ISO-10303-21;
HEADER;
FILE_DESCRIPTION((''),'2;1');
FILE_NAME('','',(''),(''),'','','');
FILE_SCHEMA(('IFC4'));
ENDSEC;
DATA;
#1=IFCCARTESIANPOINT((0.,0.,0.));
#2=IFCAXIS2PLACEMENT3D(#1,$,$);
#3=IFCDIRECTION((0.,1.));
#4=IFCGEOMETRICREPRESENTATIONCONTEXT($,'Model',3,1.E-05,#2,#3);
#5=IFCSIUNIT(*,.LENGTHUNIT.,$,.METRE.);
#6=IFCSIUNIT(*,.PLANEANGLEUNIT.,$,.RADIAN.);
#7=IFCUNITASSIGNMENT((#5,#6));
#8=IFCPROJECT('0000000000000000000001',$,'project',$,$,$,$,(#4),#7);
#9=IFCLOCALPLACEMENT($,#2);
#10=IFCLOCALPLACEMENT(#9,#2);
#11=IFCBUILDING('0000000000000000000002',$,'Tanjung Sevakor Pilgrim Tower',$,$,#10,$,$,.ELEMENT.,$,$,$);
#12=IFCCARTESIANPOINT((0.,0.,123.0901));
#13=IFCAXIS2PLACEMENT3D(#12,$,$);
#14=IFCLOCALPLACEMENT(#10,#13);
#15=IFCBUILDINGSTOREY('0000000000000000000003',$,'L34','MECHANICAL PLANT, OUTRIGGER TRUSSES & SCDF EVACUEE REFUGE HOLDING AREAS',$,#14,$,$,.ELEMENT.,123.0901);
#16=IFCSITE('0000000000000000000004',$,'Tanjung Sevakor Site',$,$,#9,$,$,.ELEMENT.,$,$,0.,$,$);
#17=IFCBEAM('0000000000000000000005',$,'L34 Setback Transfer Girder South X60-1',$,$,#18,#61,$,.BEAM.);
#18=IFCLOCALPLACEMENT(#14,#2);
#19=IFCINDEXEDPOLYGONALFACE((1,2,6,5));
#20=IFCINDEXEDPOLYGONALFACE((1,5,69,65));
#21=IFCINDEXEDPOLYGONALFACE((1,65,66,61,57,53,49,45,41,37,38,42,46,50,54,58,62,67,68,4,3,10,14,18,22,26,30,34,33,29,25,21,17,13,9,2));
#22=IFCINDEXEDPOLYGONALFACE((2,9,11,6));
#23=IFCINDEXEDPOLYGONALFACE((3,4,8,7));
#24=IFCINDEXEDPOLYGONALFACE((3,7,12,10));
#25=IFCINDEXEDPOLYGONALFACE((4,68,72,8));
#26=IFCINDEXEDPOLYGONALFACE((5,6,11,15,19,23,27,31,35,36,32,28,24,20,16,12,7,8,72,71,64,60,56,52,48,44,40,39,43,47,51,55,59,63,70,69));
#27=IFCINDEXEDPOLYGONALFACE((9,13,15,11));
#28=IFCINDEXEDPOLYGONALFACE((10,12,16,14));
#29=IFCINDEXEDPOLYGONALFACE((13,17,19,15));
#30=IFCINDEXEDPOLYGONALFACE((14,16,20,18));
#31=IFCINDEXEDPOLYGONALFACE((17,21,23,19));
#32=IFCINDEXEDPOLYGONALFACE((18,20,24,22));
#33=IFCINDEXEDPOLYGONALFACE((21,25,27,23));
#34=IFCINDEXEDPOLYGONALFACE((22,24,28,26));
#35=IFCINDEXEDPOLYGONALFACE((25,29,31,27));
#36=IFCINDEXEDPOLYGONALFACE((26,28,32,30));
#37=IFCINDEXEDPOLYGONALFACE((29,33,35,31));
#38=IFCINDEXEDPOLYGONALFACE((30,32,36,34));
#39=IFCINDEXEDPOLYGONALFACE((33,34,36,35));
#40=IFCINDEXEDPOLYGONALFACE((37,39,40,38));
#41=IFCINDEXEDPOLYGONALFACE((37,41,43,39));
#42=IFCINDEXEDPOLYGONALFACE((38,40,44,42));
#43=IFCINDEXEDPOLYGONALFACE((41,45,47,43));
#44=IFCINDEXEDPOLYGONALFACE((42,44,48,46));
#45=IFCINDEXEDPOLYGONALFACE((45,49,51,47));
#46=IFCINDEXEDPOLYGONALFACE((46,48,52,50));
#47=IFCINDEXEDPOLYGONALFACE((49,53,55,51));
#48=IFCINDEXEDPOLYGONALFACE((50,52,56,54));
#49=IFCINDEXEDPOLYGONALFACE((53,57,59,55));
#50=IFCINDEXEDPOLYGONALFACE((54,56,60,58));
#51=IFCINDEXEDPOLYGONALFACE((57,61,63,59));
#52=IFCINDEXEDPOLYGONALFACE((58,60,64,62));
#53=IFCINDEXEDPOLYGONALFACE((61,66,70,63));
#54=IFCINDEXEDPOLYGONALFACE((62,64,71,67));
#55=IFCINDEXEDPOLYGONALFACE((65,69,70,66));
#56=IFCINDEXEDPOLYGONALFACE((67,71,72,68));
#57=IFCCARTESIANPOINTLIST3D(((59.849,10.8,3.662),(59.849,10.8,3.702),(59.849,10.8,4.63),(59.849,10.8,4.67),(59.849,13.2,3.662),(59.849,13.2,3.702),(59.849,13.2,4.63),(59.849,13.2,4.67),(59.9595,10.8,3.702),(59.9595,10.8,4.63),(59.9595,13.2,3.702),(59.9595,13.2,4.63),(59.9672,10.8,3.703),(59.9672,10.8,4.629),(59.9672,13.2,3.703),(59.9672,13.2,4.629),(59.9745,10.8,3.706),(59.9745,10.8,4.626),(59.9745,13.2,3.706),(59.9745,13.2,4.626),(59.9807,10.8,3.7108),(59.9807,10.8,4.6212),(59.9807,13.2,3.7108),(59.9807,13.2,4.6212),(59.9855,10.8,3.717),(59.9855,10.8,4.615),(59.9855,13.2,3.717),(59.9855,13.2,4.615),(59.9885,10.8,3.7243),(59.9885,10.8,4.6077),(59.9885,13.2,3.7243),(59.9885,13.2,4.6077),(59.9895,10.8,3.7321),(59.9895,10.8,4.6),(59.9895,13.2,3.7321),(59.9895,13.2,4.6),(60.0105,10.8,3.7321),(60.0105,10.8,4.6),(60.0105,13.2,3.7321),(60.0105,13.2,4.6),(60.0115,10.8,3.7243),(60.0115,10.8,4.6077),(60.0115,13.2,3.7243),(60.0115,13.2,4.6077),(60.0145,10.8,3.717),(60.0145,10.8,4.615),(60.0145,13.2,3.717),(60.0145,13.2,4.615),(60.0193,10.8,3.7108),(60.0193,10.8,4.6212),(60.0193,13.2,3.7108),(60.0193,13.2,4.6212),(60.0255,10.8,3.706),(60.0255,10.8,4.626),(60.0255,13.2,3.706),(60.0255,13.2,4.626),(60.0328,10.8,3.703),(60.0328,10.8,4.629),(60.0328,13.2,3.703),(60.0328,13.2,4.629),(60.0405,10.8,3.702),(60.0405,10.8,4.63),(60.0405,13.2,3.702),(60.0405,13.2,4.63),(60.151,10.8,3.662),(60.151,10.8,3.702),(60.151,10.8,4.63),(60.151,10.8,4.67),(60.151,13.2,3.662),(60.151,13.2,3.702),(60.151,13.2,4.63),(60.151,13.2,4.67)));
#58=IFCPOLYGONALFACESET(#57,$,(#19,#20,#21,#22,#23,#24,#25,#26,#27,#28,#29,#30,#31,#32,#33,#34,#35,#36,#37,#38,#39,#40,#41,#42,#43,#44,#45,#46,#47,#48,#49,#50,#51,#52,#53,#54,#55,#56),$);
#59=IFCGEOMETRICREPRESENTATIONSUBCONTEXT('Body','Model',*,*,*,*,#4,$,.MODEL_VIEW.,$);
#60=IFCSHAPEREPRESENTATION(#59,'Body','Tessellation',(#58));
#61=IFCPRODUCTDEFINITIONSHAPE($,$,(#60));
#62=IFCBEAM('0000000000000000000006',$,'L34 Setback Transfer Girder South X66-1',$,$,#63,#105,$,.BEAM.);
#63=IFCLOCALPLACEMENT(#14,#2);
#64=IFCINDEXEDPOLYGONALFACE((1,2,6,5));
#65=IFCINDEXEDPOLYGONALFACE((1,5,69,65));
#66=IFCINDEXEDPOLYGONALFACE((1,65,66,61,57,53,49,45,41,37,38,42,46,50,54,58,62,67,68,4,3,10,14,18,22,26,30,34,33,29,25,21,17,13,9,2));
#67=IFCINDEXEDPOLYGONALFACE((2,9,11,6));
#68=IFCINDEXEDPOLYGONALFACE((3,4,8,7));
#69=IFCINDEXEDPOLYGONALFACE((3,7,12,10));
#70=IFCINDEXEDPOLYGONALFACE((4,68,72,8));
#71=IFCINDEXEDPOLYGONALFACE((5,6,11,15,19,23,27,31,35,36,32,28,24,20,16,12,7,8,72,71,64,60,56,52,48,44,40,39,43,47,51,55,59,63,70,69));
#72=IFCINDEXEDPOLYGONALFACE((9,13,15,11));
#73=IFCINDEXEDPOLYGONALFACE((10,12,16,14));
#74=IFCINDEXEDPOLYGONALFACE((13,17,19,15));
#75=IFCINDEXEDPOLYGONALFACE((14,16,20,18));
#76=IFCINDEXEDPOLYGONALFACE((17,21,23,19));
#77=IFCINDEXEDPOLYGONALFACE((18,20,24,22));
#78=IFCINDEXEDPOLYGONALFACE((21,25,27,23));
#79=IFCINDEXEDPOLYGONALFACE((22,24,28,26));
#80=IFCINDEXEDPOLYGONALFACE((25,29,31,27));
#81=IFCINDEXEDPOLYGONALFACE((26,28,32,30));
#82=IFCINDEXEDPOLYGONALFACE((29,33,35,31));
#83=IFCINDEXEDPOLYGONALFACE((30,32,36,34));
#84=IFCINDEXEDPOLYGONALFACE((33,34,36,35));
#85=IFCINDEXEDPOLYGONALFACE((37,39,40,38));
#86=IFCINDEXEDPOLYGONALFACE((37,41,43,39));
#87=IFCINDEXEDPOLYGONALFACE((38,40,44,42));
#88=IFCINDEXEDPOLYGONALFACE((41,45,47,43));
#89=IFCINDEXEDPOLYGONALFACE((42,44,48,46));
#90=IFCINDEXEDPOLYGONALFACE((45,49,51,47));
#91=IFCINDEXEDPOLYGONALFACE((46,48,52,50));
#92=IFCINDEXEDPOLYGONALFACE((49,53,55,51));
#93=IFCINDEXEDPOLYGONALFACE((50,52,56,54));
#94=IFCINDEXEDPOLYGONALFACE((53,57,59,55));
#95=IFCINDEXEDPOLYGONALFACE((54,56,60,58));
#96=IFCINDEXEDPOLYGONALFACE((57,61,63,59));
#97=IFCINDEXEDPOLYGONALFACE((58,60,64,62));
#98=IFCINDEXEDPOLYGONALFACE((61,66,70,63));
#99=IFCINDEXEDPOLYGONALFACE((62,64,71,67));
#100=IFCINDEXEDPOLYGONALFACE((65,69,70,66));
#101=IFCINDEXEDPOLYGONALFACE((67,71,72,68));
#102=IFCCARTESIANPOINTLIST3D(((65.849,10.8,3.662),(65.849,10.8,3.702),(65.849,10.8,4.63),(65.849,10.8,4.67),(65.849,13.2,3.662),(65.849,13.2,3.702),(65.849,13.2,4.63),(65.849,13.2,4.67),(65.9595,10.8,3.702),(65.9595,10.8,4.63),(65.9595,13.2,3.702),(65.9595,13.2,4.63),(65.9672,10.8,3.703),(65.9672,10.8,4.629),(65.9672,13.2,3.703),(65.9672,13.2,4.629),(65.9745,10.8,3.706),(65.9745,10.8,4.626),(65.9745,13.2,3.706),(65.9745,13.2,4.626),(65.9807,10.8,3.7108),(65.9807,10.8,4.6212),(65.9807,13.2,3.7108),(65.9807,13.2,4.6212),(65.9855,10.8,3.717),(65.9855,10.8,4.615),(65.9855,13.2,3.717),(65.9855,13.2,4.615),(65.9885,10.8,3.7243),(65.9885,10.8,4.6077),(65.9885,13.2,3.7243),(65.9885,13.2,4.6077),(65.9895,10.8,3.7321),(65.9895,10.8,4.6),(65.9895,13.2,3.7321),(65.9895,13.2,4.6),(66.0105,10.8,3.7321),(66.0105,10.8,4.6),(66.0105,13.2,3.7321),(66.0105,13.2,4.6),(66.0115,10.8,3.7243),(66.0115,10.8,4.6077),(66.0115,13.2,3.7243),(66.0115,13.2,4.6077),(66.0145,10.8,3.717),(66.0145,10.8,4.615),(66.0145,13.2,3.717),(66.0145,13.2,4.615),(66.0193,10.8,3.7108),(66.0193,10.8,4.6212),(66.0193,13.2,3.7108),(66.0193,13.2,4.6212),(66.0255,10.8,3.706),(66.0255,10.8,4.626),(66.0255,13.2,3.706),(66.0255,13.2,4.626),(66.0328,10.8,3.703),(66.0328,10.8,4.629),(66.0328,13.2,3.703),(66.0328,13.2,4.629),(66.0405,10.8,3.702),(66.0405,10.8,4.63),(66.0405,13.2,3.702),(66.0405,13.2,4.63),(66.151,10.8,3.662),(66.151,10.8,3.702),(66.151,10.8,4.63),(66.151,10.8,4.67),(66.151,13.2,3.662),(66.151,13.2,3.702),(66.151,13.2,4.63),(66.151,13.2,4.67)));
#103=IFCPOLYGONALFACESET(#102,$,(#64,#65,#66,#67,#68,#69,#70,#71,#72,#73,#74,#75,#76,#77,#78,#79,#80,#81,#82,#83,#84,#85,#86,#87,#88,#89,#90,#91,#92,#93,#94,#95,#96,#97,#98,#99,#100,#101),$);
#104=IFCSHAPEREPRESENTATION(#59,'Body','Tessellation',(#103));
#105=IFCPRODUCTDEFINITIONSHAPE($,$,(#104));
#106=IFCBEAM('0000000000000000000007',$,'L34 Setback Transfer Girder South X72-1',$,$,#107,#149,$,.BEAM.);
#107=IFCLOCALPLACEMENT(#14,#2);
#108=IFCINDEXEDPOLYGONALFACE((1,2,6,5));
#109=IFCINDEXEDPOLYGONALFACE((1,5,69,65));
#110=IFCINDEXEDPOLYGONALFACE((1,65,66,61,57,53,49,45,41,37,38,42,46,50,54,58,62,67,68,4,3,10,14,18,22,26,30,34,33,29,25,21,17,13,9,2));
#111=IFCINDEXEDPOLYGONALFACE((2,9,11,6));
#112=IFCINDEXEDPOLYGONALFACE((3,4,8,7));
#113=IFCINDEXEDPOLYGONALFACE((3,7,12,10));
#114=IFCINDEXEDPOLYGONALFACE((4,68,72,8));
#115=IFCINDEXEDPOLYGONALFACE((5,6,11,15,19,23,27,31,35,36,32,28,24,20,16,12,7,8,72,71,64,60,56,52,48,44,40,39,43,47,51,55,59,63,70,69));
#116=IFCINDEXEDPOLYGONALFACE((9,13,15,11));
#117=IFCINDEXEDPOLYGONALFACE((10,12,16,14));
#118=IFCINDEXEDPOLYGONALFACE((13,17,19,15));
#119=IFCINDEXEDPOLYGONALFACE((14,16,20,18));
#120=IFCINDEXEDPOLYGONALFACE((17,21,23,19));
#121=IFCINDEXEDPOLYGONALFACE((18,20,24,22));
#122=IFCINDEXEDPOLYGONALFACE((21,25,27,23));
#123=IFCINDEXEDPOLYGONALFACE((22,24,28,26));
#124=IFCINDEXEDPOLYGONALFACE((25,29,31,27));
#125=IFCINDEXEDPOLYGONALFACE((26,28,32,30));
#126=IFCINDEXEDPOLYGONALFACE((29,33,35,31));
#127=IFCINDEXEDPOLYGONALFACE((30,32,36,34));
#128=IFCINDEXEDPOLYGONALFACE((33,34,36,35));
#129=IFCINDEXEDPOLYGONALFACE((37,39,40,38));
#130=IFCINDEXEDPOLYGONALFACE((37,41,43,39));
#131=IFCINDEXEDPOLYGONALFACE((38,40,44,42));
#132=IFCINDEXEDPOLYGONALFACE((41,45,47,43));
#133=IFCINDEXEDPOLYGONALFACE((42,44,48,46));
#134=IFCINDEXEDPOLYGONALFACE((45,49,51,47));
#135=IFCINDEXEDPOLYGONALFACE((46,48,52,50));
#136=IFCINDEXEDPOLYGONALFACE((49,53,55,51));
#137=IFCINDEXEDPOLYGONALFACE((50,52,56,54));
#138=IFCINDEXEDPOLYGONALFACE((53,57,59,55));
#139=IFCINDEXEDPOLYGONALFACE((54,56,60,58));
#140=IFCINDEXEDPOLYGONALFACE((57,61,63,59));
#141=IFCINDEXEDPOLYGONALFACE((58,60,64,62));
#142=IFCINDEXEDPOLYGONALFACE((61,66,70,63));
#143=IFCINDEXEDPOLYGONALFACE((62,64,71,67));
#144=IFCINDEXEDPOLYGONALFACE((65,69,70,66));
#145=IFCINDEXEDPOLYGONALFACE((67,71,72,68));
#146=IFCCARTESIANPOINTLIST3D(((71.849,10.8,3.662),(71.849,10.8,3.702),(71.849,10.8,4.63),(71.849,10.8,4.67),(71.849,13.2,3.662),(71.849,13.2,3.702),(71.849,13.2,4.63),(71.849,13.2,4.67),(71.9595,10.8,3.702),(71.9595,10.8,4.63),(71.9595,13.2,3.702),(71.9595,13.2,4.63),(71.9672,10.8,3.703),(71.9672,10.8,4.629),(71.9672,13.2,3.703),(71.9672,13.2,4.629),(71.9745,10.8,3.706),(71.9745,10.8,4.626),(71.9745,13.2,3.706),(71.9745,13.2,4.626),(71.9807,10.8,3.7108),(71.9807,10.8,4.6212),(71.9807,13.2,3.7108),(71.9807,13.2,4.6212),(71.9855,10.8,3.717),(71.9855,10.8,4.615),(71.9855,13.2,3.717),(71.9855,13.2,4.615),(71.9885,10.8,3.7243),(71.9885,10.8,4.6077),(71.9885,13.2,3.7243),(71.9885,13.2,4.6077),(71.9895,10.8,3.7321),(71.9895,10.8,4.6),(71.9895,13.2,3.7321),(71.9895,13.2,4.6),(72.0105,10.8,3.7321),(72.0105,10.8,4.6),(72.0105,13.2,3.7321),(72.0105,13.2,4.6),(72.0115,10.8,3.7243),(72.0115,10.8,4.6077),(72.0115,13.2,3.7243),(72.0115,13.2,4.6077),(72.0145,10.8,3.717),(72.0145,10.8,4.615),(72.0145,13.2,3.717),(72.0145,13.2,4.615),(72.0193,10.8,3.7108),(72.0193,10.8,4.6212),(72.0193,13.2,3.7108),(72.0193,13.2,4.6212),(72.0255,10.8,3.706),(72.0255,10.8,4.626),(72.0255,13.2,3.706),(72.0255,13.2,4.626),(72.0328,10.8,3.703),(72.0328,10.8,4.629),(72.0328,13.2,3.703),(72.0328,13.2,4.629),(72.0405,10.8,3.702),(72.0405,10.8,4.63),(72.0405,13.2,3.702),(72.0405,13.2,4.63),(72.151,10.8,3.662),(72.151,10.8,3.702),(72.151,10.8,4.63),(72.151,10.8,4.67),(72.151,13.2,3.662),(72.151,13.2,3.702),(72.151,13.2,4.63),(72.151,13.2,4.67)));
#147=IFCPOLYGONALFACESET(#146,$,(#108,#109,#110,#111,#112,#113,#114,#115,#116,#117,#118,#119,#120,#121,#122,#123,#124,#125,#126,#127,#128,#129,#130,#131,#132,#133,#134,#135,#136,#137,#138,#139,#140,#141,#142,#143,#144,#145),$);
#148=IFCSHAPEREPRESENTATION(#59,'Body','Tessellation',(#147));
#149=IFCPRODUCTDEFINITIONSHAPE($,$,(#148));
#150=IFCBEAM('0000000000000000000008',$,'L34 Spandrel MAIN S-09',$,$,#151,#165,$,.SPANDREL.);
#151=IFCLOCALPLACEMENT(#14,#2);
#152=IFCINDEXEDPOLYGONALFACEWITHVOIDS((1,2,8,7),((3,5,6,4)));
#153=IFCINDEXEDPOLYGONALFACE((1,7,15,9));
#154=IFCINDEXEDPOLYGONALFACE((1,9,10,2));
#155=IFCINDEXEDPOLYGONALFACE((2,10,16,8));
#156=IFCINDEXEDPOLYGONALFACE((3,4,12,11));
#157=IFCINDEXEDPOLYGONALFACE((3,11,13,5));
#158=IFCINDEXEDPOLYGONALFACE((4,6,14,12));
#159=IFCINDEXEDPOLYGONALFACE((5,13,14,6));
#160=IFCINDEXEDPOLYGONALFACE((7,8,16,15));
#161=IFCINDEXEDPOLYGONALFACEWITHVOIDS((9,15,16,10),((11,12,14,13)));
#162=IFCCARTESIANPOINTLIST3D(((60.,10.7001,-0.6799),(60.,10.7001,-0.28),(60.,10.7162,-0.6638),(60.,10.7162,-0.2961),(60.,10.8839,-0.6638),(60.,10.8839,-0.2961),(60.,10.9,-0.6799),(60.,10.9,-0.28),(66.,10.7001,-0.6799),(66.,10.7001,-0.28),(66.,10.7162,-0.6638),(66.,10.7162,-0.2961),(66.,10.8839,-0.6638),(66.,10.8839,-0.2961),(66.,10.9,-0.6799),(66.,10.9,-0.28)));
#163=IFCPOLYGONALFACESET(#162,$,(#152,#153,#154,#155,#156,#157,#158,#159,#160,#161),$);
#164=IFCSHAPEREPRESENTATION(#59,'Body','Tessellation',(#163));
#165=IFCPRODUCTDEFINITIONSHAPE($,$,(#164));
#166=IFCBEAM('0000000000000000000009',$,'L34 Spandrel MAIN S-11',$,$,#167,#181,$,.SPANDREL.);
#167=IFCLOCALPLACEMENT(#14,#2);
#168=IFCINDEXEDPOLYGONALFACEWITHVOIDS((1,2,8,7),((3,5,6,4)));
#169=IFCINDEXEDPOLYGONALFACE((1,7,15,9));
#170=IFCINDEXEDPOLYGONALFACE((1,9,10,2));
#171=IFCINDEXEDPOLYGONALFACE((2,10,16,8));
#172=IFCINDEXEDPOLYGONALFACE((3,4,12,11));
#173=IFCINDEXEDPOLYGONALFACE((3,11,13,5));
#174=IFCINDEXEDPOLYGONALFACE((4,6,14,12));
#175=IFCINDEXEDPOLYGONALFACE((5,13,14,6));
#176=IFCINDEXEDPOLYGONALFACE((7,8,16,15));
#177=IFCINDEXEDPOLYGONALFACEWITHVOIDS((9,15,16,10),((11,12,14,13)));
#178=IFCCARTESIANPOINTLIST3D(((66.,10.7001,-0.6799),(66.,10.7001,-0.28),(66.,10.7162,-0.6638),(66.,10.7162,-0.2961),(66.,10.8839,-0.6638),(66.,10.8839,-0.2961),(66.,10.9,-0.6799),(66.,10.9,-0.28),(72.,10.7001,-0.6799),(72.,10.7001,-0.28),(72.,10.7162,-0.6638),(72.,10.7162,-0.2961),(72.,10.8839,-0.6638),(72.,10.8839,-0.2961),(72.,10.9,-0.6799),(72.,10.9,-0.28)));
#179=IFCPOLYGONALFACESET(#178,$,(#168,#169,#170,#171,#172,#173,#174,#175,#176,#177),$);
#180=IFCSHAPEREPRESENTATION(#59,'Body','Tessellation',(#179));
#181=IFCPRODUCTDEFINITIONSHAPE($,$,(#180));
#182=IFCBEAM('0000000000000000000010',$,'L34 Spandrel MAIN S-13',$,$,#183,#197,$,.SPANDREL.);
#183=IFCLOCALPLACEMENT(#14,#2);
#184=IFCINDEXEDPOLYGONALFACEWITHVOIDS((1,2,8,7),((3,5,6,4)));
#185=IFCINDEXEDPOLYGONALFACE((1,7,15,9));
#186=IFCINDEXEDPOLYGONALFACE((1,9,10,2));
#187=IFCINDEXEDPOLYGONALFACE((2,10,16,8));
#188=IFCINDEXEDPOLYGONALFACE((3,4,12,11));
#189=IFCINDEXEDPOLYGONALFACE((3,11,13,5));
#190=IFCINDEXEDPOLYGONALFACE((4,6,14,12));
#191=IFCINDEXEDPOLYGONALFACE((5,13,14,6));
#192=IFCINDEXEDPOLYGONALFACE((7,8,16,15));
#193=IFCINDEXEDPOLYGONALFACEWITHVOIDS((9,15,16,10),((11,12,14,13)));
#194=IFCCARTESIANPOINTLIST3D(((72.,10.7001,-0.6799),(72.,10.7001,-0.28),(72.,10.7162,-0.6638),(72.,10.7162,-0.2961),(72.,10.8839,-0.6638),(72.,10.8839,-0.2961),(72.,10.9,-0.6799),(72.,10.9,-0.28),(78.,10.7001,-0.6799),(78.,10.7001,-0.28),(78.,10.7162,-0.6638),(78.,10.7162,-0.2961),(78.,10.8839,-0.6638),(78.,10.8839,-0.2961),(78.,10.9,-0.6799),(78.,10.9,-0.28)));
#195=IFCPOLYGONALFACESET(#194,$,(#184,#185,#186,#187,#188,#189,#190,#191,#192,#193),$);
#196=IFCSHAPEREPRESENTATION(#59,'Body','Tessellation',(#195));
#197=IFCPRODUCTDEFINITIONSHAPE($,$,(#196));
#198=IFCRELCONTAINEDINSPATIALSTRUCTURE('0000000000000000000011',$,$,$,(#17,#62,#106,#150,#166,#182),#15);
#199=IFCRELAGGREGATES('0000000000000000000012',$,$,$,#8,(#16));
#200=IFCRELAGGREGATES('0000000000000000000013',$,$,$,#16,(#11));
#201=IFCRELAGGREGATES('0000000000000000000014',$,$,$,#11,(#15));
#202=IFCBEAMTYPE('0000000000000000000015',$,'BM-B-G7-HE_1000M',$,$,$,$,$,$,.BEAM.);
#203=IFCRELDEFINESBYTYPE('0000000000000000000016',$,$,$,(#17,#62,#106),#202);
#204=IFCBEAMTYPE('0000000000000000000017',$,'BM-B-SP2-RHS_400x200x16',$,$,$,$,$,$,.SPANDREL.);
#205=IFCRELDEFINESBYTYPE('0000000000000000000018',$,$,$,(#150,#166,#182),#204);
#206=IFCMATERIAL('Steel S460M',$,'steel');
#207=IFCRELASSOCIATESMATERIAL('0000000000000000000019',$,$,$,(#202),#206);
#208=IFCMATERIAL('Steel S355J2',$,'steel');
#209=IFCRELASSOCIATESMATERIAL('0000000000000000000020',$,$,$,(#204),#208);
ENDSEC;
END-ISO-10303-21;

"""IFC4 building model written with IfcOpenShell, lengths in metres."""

from ifc_helpers import new_model, si_unit, direction, frame, origin, origin_2d, place, context, subcontext, project, spatial, hollow_rectangle, i_section, extrude, material, material_profile, profile_set, type_object, element, save


model = new_model("IFC4")

# Units and contexts
model_context = context("Model", 3, precision=1e-05, world=origin(), true_north=direction((0.0, 1.0)))
body_context = subcontext(model_context, "Body", "Model", "MODEL_VIEW")
ifc_project = project(units=[si_unit("LENGTHUNIT", "METRE"), si_unit("PLANEANGLEUNIT", "RADIAN")], contexts=[model_context])

# Site, building, storey
site_placement = place(None, origin())
site = spatial("IfcSite", under=ifc_project, at=site_placement, Name="Tanjung Sevakor Site", CompositionType="ELEMENT", RefElevation=0.0)
building_placement = place(site_placement, origin())
building = spatial("IfcBuilding", under=site, at=building_placement, Name="Tanjung Sevakor Pilgrim Tower", CompositionType="ELEMENT")
storey_placement = place(building_placement, frame((0.0, 0.0, 123.0901)))
storey = spatial("IfcBuildingStorey", under=building, at=storey_placement, Name="L34", Description="MECHANICAL PLANT, OUTRIGGER TRUSSES & SCDF EVACUEE REFUGE HOLDING AREAS", CompositionType="ELEMENT", Elevation=123.0901)

# Beams
ifc_material_1 = material(Name="Steel S460M", Category="steel")
ifc_material_profile_1 = material_profile(ifc_material_1, i_section(OverallWidth=0.302, OverallDepth=1.0081, WebThickness=0.021, FlangeThickness=0.04, FilletRadius=0.03, at=origin_2d()))
ifc_profile_set_1 = profile_set([ifc_material_profile_1], Name="Steel S460M")
beam_type_1 = type_object("IfcBeamType", Name="BM-B-G7-HE_1000M", PredefinedType="BEAM", material=ifc_profile_set_1)
for number, where, z_axis, x_axis, name in (
    (1, (60.0, 10.8, 4.166), (0.0, 1.0, 0.0), (-1.0, 0.0, 0.0), "L34 Setback Transfer Girder South X60-1"),
    (2, (66.0, 10.8, 4.166), (0.0, 1.0, 0.0), (-1.0, 0.0, 0.0), "L34 Setback Transfer Girder South X66-1"),
    (3, (72.0, 10.8, 4.166), (0.0, 1.0, 0.0), (-1.0, 0.0, 0.0), "L34 Setback Transfer Girder South X72-1"),
):
    element("IfcBeam", number, at=place(storey_placement, frame(where, z_axis=z_axis, x_axis=x_axis)), inside=storey, type_object=beam_type_1, Name=name, PredefinedType="BEAM", context=body_context, shape_type="SweptSolid", body=[
        extrude(i_section(OverallWidth=0.302, OverallDepth=1.0081, WebThickness=0.021, FlangeThickness=0.04, FilletRadius=0.03, at=origin_2d()), origin(), (0.0, 0.0, 1.0), 2.3999),
    ])
ifc_material_2 = material(Name="Steel S355J2", Category="steel")
ifc_material_profile_2 = material_profile(ifc_material_2, hollow_rectangle(XDim=0.2, YDim=0.3999, WallThickness=0.0161, at=origin_2d()))
ifc_profile_set_2 = profile_set([ifc_material_profile_2], Name="Steel S355J2")
beam_type_2 = type_object("IfcBeamType", Name="BM-B-SP2-RHS_400x200x16", PredefinedType="SPANDREL", material=ifc_profile_set_2)
for number, where, z_axis, x_axis, name in (
    (4, (60.0, 10.8, -0.48), (1.0, 0.0, 0.0), (0.0, 1.0, 0.0), "L34 Spandrel MAIN S-09"),
    (5, (66.0, 10.8, -0.48), (1.0, 0.0, 0.0), (0.0, 1.0, 0.0), "L34 Spandrel MAIN S-11"),
    (6, (72.0, 10.8, -0.48), (1.0, 0.0, 0.0), (0.0, 1.0, 0.0), "L34 Spandrel MAIN S-13"),
):
    element("IfcBeam", number, at=place(storey_placement, frame(where, z_axis=z_axis, x_axis=x_axis)), inside=storey, type_object=beam_type_2, Name=name, PredefinedType="SPANDREL", context=body_context, shape_type="SweptSolid", body=[
        extrude(hollow_rectangle(XDim=0.2, YDim=0.3999, WallThickness=0.0161, at=origin_2d()), origin(), (0.0, 0.0, 1.0), 6.0),
    ])

save(model, "model.ifc")
